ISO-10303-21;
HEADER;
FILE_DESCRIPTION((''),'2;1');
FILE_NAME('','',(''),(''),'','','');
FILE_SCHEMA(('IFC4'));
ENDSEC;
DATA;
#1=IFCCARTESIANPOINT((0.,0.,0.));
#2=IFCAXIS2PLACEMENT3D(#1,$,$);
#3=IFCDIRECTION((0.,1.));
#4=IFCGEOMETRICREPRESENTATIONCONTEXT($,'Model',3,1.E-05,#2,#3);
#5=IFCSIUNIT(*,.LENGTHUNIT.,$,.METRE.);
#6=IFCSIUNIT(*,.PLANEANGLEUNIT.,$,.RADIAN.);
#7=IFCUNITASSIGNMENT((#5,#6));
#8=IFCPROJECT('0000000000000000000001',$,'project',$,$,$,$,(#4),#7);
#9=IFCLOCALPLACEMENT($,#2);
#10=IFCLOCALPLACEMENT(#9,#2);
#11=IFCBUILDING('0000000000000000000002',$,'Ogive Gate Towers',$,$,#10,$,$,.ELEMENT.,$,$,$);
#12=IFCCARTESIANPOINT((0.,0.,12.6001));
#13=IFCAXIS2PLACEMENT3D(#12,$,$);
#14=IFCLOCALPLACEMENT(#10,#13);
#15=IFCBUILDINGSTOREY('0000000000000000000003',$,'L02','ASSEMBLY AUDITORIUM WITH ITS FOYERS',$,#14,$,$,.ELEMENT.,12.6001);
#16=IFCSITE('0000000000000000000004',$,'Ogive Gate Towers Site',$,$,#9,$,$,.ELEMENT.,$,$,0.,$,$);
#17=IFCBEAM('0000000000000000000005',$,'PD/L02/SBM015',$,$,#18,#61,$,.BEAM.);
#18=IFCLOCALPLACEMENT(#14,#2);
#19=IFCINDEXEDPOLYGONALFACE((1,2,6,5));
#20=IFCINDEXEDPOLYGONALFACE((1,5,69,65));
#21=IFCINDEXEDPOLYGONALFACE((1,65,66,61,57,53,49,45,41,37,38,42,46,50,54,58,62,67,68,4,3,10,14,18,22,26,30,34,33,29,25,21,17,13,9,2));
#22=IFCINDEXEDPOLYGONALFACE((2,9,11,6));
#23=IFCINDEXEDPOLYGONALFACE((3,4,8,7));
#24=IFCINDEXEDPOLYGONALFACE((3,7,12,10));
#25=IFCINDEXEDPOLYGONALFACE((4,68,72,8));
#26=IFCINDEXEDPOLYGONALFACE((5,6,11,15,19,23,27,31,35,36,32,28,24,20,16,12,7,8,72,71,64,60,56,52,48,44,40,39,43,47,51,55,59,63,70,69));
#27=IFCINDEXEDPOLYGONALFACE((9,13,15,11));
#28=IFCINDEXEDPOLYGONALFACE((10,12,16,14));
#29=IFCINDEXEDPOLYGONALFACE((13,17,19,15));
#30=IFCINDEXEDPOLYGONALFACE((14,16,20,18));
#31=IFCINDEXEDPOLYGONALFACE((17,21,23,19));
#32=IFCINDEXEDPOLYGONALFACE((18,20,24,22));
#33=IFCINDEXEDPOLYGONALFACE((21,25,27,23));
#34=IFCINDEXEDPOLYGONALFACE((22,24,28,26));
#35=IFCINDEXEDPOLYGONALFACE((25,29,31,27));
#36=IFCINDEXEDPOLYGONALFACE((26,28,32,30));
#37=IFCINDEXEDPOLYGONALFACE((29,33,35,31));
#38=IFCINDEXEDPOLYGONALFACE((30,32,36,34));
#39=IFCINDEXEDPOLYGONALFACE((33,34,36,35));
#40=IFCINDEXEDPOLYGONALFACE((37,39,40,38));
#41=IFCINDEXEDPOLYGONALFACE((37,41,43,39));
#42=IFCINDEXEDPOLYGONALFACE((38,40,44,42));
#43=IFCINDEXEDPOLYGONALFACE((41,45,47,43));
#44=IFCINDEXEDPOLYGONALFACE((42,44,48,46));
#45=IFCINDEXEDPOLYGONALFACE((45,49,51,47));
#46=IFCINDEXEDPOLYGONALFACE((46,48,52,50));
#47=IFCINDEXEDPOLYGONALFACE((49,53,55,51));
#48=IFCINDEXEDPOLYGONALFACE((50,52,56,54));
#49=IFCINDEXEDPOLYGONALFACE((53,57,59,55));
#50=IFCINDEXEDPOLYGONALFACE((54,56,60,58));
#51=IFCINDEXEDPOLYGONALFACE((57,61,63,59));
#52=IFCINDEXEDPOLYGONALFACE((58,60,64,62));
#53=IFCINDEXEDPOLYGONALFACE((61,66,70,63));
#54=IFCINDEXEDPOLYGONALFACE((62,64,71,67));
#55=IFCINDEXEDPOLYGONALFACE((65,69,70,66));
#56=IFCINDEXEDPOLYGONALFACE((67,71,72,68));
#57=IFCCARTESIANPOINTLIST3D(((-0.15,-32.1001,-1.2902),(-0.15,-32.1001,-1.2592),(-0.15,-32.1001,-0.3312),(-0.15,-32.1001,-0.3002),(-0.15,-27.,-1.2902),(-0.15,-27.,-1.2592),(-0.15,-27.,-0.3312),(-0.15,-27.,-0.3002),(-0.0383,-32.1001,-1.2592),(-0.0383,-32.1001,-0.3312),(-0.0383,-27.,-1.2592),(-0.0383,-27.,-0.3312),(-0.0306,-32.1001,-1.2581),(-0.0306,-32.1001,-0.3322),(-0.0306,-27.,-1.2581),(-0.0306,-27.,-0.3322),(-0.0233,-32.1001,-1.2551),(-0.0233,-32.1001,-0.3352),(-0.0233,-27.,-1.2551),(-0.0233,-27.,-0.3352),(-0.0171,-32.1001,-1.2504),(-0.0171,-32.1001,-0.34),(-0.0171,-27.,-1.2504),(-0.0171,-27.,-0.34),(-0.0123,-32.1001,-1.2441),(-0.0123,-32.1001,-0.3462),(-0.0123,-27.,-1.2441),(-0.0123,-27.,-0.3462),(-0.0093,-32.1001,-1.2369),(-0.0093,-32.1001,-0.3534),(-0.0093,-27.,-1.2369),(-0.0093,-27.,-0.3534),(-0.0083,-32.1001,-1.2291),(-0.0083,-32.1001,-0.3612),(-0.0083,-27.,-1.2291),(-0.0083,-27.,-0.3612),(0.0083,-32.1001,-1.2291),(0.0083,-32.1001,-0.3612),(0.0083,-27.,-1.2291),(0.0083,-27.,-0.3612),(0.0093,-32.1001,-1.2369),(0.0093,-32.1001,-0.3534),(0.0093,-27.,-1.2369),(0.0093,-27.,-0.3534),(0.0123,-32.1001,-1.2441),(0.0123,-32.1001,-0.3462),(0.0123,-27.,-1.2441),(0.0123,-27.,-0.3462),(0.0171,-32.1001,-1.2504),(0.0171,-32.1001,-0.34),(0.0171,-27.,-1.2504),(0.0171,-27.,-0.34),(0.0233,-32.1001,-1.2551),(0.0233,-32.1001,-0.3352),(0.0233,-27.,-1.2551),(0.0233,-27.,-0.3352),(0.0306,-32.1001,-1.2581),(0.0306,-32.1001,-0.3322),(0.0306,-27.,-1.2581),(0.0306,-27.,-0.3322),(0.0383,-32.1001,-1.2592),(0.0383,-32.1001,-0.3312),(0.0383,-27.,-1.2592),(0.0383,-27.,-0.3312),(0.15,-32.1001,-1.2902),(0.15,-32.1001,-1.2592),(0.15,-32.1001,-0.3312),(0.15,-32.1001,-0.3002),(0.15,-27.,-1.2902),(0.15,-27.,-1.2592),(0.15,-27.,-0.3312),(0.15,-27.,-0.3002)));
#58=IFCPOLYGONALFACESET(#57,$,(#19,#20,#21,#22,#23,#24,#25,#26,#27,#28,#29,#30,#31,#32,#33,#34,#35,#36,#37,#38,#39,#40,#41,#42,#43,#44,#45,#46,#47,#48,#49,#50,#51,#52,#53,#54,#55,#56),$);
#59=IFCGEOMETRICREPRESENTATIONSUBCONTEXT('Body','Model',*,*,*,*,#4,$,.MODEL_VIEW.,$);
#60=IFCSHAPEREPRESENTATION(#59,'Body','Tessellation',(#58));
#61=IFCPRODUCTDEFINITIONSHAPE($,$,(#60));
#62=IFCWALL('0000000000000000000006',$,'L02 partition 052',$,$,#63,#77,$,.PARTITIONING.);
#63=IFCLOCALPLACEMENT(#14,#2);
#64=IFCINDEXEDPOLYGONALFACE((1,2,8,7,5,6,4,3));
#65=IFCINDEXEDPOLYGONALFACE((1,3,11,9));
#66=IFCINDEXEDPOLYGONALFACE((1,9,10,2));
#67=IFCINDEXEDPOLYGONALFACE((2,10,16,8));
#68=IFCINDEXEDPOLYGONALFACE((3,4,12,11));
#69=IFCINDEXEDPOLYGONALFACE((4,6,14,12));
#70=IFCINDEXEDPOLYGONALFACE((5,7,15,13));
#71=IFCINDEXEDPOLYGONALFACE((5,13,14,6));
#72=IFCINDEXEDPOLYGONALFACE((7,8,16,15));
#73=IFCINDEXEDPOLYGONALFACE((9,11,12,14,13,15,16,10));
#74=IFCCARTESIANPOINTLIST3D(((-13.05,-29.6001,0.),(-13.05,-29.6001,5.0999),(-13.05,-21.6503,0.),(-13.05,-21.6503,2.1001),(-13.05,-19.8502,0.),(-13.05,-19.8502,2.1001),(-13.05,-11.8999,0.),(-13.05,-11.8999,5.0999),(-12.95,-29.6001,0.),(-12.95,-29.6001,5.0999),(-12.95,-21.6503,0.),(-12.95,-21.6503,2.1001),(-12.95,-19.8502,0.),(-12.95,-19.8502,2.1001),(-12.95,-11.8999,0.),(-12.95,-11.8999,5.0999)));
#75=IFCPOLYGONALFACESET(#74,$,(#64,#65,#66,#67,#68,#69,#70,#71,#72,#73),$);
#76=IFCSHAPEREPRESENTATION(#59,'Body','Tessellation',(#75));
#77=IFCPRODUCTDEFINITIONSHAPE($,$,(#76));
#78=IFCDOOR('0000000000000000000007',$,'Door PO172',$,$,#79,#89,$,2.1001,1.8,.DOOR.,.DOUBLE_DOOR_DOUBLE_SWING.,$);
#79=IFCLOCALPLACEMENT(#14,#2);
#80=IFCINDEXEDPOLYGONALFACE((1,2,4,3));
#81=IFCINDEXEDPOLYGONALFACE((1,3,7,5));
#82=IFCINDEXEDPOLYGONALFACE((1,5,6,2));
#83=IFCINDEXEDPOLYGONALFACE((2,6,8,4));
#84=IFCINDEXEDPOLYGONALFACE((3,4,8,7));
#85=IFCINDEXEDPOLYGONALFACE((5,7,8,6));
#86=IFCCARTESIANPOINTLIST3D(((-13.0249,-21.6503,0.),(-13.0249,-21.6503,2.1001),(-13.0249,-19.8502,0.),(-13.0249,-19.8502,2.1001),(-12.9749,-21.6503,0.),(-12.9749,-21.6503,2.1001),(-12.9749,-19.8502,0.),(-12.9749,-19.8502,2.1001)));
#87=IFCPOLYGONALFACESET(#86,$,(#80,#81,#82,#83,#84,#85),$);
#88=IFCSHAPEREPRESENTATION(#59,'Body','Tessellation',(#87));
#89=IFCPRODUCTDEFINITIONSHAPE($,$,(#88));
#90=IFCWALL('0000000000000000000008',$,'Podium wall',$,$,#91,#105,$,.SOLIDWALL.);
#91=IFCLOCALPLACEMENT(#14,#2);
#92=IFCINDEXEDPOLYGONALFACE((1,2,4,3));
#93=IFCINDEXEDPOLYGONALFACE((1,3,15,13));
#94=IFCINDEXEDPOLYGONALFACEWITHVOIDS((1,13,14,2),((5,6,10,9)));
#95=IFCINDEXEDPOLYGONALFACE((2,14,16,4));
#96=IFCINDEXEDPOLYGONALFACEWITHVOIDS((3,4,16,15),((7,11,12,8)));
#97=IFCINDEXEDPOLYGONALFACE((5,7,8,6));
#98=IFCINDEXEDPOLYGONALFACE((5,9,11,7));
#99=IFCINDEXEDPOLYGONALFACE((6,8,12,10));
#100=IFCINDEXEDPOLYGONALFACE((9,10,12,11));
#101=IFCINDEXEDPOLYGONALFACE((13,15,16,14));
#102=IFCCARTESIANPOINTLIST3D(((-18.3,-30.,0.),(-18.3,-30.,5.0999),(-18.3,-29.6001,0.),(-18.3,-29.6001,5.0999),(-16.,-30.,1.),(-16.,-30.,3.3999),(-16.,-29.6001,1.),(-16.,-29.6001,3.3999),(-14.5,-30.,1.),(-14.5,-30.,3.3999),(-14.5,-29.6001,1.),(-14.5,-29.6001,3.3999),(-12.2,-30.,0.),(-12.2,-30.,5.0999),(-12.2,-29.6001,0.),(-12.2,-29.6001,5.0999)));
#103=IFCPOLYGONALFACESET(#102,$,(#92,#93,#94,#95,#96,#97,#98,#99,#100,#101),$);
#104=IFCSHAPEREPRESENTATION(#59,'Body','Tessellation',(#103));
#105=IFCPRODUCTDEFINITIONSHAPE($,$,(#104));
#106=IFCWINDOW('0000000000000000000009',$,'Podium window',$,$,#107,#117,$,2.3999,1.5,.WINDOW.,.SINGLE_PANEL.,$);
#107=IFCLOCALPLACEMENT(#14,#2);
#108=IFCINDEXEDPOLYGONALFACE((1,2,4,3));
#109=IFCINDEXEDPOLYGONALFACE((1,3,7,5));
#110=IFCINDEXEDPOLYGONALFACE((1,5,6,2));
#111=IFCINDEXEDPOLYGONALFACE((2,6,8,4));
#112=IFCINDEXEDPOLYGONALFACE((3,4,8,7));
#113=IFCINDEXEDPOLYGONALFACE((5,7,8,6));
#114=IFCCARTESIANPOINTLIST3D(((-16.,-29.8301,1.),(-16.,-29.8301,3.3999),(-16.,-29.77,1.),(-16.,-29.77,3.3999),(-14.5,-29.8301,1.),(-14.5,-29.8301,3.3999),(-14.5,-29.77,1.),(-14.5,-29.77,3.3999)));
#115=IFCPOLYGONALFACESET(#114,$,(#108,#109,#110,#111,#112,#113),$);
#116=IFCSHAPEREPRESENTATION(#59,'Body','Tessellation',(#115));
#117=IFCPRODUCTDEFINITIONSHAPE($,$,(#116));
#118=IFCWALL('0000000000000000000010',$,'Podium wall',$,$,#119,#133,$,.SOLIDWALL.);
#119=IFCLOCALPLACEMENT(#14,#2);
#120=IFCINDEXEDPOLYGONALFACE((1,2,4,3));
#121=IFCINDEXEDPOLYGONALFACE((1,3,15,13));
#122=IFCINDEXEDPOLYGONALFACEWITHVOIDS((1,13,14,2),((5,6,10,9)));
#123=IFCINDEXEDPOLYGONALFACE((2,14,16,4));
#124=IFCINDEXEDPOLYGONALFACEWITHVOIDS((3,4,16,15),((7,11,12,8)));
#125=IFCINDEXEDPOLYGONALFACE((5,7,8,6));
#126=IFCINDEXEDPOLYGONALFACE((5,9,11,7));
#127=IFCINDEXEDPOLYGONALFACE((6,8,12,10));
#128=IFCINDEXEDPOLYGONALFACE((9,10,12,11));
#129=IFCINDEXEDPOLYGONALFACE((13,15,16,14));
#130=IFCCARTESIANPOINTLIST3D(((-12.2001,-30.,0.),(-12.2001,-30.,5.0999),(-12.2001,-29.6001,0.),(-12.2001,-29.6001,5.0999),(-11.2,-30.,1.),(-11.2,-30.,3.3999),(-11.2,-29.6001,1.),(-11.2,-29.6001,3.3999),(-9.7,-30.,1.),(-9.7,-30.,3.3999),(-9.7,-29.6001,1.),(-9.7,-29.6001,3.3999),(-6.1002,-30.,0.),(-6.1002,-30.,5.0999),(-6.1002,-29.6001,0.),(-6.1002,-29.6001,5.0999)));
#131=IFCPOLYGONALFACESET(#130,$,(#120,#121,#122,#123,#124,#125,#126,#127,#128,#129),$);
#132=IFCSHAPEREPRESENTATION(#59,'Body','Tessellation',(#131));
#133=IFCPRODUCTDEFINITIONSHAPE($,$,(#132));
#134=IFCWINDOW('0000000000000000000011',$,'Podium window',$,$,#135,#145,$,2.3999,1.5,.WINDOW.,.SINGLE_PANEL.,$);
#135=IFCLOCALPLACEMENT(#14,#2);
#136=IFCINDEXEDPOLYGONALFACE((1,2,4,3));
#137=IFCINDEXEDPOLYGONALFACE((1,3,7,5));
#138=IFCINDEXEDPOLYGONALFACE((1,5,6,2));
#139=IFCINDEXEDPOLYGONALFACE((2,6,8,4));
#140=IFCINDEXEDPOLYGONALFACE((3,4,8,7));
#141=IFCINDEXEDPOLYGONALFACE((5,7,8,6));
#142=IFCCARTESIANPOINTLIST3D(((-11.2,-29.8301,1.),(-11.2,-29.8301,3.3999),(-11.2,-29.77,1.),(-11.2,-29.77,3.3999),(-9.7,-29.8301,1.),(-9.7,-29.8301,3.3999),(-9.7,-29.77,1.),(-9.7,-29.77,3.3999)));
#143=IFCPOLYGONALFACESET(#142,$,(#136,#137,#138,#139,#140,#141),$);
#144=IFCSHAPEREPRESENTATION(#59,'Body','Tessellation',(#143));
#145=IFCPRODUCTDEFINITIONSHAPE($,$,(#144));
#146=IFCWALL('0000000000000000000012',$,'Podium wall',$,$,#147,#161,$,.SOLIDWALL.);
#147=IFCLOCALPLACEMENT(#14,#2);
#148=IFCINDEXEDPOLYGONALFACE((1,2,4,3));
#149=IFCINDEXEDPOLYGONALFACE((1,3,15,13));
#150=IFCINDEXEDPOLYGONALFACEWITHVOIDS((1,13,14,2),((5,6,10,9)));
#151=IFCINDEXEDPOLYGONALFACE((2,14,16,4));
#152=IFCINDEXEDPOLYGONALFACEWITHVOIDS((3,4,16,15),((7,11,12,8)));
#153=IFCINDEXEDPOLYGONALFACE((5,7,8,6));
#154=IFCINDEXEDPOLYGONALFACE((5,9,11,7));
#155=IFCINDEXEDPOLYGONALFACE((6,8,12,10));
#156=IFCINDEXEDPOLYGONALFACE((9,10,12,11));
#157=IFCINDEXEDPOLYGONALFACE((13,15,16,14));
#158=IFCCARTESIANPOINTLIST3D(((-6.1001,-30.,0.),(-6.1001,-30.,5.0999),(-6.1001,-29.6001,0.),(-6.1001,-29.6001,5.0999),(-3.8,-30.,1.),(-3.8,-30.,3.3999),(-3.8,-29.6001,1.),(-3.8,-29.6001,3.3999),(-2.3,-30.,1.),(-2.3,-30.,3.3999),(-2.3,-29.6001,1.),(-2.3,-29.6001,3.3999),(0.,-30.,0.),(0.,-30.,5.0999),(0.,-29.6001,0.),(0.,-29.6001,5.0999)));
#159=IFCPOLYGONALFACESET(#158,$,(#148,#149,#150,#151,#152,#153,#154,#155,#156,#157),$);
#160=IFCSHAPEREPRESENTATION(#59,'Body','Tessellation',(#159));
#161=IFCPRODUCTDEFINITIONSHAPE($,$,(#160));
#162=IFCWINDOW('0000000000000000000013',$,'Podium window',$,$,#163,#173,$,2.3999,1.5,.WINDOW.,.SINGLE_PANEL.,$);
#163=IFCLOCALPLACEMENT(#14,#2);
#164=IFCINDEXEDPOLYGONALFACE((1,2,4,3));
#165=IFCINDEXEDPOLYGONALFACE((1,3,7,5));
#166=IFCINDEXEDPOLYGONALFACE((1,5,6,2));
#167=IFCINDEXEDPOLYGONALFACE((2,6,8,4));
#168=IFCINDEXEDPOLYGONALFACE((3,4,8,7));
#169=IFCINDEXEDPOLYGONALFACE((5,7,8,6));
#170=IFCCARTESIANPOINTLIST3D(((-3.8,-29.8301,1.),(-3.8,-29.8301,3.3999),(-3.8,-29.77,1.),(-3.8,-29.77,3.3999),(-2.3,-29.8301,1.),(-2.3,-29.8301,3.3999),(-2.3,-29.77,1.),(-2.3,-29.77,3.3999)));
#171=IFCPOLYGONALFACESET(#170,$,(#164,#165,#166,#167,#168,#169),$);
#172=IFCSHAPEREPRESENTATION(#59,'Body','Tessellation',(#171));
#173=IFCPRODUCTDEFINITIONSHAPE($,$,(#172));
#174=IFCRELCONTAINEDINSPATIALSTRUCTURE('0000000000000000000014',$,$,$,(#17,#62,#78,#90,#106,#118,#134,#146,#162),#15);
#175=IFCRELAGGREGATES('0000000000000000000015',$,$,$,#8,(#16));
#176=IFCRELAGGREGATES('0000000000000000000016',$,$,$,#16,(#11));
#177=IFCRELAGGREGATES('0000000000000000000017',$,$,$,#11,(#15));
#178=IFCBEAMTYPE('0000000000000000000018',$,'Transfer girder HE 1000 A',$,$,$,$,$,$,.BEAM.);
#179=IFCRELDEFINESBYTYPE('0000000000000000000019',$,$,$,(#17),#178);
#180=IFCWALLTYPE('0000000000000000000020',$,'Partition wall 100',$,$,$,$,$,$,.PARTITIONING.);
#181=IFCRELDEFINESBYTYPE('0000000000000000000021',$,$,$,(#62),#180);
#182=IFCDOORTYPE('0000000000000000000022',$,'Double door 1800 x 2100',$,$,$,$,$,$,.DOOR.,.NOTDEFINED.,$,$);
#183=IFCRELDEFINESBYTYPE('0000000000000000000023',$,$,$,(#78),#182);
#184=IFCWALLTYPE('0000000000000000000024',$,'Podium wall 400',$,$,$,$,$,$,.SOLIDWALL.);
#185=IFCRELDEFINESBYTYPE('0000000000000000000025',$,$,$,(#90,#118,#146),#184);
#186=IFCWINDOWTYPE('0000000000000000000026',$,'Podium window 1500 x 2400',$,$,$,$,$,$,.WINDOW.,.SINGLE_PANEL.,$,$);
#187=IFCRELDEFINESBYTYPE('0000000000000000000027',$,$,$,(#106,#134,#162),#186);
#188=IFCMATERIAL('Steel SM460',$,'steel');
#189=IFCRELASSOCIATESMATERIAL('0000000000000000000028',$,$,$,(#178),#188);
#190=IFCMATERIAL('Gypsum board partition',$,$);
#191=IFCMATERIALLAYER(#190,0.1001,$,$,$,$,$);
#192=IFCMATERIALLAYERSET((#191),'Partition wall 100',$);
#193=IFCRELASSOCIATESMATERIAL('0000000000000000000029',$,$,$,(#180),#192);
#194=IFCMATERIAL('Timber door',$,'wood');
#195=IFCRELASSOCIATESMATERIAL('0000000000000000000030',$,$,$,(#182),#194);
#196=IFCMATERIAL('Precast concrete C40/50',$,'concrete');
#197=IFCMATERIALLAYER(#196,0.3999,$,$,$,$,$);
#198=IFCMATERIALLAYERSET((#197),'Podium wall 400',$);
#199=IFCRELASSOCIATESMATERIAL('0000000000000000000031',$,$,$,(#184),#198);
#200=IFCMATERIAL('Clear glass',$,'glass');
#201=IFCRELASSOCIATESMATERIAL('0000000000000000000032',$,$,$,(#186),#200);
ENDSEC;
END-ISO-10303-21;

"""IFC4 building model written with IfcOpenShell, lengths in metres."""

from ifc_helpers import new_model, si_unit, direction, frame, frame_2d, origin, origin_2d, place, context, subcontext, project, spatial, rectangle, i_section, extrude, material, layer, layer_set, material_profile, profile_set, type_object, element, fill, save


model = new_model("IFC4")

# Units and contexts
model_context = context("Model", 3, precision=1e-05, world=origin(), true_north=direction((0.0, 1.0)))
body_context = subcontext(model_context, "Body", "Model", "MODEL_VIEW")
ifc_project = project(units=[si_unit("LENGTHUNIT", "METRE"), si_unit("PLANEANGLEUNIT", "RADIAN")], contexts=[model_context])

# Site, building, storey
site_placement = place(None, origin())
site = spatial("IfcSite", under=ifc_project, at=site_placement, Name="Ogive Gate Towers Site", CompositionType="ELEMENT", RefElevation=0.0)
building_placement = place(site_placement, origin())
building = spatial("IfcBuilding", under=site, at=building_placement, Name="Ogive Gate Towers", CompositionType="ELEMENT")
storey_placement = place(building_placement, frame((0.0, 0.0, 12.6001)))
storey = spatial("IfcBuildingStorey", under=building, at=storey_placement, Name="L02", Description="ASSEMBLY AUDITORIUM WITH ITS FOYERS", CompositionType="ELEMENT", Elevation=12.6001)

# Beam
ifc_material_1 = material(Name="Steel SM460", Category="steel")
ifc_material_profile_1 = material_profile(ifc_material_1, i_section(OverallWidth=0.3, OverallDepth=0.99, WebThickness=0.0166, FlangeThickness=0.031, FilletRadius=0.03, at=origin_2d()), Name="HE 1000 A")
ifc_profile_set_1 = profile_set([ifc_material_profile_1], Name="Steel SM460")
beam_type_1 = type_object("IfcBeamType", Name="Transfer girder HE 1000 A", PredefinedType="BEAM", material=ifc_profile_set_1)
for number, where, z_axis, x_axis, name in (
    (1, (0.0, -32.1001, -0.7952), (0.0, 1.0, 0.0), (-1.0, 0.0, 0.0), "PD/L02/SBM015"),
):
    element("IfcBeam", number, at=place(storey_placement, frame(where, z_axis=z_axis, x_axis=x_axis)), inside=storey, type_object=beam_type_1, Name=name, PredefinedType="BEAM", context=body_context, shape_type="SweptSolid", body=[
        extrude(i_section(OverallWidth=0.3, OverallDepth=0.99, WebThickness=0.0166, FlangeThickness=0.031, FilletRadius=0.03, at=origin_2d()), origin(), (0.0, 0.0, 1.0), 5.1001),
    ])

# Wall, opening, door
ifc_material_2 = material(Name="Gypsum board partition")
ifc_layer_1 = layer(ifc_material_2, 0.1001)
ifc_layer_set_1 = layer_set([ifc_layer_1], Name="Partition wall 100")
wall_type_1 = type_object("IfcWallType", Name="Partition wall 100", PredefinedType="PARTITIONING", material=ifc_layer_set_1)
wall_1_placement = place(storey_placement, frame((-13.0, -29.6001, 0.0), z_axis=(0.0, 0.0, 1.0), x_axis=(0.0, 1.0, 0.0)))
wall_1 = element("IfcWall", 2, at=wall_1_placement, inside=storey, type_object=wall_type_1, Name="L02 partition 052", PredefinedType="PARTITIONING", context=body_context, shape_type="SweptSolid", body=[
    extrude(rectangle(XDim=17.7002, YDim=0.1001, at=frame_2d((8.8501, 0.0))), origin(), (0.0, 0.0, 1.0), 5.0999),
])
opening_1_placement = place(wall_1_placement, frame((7.95, 0.0, 0.0)))
opening_1 = element("IfcOpeningElement", 3, at=opening_1_placement, cuts=wall_1, PredefinedType="OPENING", context=body_context, shape_type="SweptSolid", body=[
    extrude(rectangle(XDim=1.8, YDim=2.1001, at=frame_2d((0.8999, 1.05))), frame((0.0, 0.0601, 0.0), z_axis=(0.0, -1.0, 0.0), x_axis=(1.0, 0.0, 0.0)), (0.0, 0.0, 1.0), 0.1201),
])
ifc_material_3 = material(Name="Timber door", Category="wood")
door_type = type_object("IfcDoorType", Name="Double door 1800 x 2100", OperationType="NOTDEFINED", PredefinedType="DOOR", material=ifc_material_3)
door_placement = place(opening_1_placement, origin())
door = element("IfcDoor", 4, at=door_placement, inside=storey, type_object=door_type, Name="Door PO172", OperationType="DOUBLE_DOOR_DOUBLE_SWING", OverallHeight=2.1001, OverallWidth=1.8, PredefinedType="DOOR", context=body_context, shape_type="SweptSolid", body=[
    extrude(rectangle(XDim=1.8, YDim=2.1001, at=frame_2d((0.8999, 1.05))), frame((0.0, 0.0249, 0.0), z_axis=(0.0, -1.0, 0.0), x_axis=(1.0, 0.0, 0.0)), (0.0, 0.0, 1.0), 0.05),
])
fill(opening_1, door)

# Walls, openings, windows
ifc_material_4 = material(Name="Precast concrete C40/50", Category="concrete")
ifc_layer_2 = layer(ifc_material_4, 0.3999)
ifc_layer_set_2 = layer_set([ifc_layer_2], Name="Podium wall 400")
wall_type_2 = type_object("IfcWallType", Name="Podium wall 400", PredefinedType="SOLIDWALL", material=ifc_layer_set_2)
wall_2_placement = place(storey_placement, frame((-18.3, -29.8, 0.0), z_axis=(0.0, 0.0, 1.0), x_axis=(1.0, 0.0, 0.0)))
wall_2 = element("IfcWall", 5, at=wall_2_placement, inside=storey, type_object=wall_type_2, Name="Podium wall", PredefinedType="SOLIDWALL", context=body_context, shape_type="SweptSolid", body=[
    extrude(rectangle(XDim=6.1001, YDim=0.3999, at=frame_2d((3.05, 0.0))), origin(), (0.0, 0.0, 1.0), 5.0999),
])
opening_2_placement = place(wall_2_placement, frame((2.3, 0.0, 1.0)))
opening_2 = element("IfcOpeningElement", 6, at=opening_2_placement, cuts=wall_2, PredefinedType="OPENING", context=body_context, shape_type="SweptSolid", body=[
    extrude(rectangle(XDim=1.5, YDim=2.3999, at=frame_2d((0.75, 1.2))), frame((0.0, 0.21, 0.0), z_axis=(0.0, -1.0, 0.0), x_axis=(1.0, 0.0, 0.0)), (0.0, 0.0, 1.0), 0.4199),
])
ifc_material_5 = material(Name="Clear glass", Category="glass")
window_type = type_object("IfcWindowType", Name="Podium window 1500 x 2400", PartitioningType="SINGLE_PANEL", PredefinedType="WINDOW", material=ifc_material_5)
window_1_placement = place(opening_2_placement, origin())
window_1 = element("IfcWindow", 7, at=window_1_placement, inside=storey, type_object=window_type, Name="Podium window", OverallHeight=2.3999, OverallWidth=1.5, PartitioningType="SINGLE_PANEL", PredefinedType="WINDOW", context=body_context, shape_type="SweptSolid", body=[
    extrude(rectangle(XDim=1.5, YDim=2.3999, at=frame_2d((0.75, 1.2))), frame((0.0, 0.03, 0.0), z_axis=(0.0, -1.0, 0.0), x_axis=(1.0, 0.0, 0.0)), (0.0, 0.0, 1.0), 0.0601),
])
fill(opening_2, window_1)
wall_3_placement = place(storey_placement, frame((-12.2, -29.8, 0.0), z_axis=(0.0, 0.0, 1.0), x_axis=(1.0, 0.0, 0.0)))
wall_3 = element("IfcWall", 8, at=wall_3_placement, inside=storey, type_object=wall_type_2, Name="Podium wall", PredefinedType="SOLIDWALL", context=body_context, shape_type="SweptSolid", body=[
    extrude(rectangle(XDim=6.0999, YDim=0.3999, at=frame_2d((3.0498, 0.0))), origin(), (0.0, 0.0, 1.0), 5.0999),
])
opening_3_placement = place(wall_3_placement, frame((1.0, 0.0, 1.0)))
opening_3 = element("IfcOpeningElement", 9, at=opening_3_placement, cuts=wall_3, PredefinedType="OPENING", context=body_context, shape_type="SweptSolid", body=[
    extrude(rectangle(XDim=1.5, YDim=2.3999, at=frame_2d((0.75, 1.2))), frame((0.0, 0.21, 0.0), z_axis=(0.0, -1.0, 0.0), x_axis=(1.0, 0.0, 0.0)), (0.0, 0.0, 1.0), 0.4199),
])
window_2_placement = place(opening_3_placement, origin())
window_2 = element("IfcWindow", 10, at=window_2_placement, inside=storey, type_object=window_type, Name="Podium window", OverallHeight=2.3999, OverallWidth=1.5, PartitioningType="SINGLE_PANEL", PredefinedType="WINDOW", context=body_context, shape_type="SweptSolid", body=[
    extrude(rectangle(XDim=1.5, YDim=2.3999, at=frame_2d((0.75, 1.2))), frame((0.0, 0.03, 0.0), z_axis=(0.0, -1.0, 0.0), x_axis=(1.0, 0.0, 0.0)), (0.0, 0.0, 1.0), 0.0601),
])
fill(opening_3, window_2)
wall_4_placement = place(storey_placement, frame((-6.1001, -29.8, 0.0), z_axis=(0.0, 0.0, 1.0), x_axis=(1.0, 0.0, 0.0)))
wall_4 = element("IfcWall", 11, at=wall_4_placement, inside=storey, type_object=wall_type_2, Name="Podium wall", PredefinedType="SOLIDWALL", context=body_context, shape_type="SweptSolid", body=[
    extrude(rectangle(XDim=6.1001, YDim=0.3999, at=frame_2d((3.05, 0.0))), origin(), (0.0, 0.0, 1.0), 5.0999),
])
opening_4_placement = place(wall_4_placement, frame((2.3, 0.0, 1.0)))
opening_4 = element("IfcOpeningElement", 12, at=opening_4_placement, cuts=wall_4, PredefinedType="OPENING", context=body_context, shape_type="SweptSolid", body=[
    extrude(rectangle(XDim=1.5, YDim=2.3999, at=frame_2d((0.75, 1.2))), frame((0.0, 0.21, 0.0), z_axis=(0.0, -1.0, 0.0), x_axis=(1.0, 0.0, 0.0)), (0.0, 0.0, 1.0), 0.4199),
])
window_3_placement = place(opening_4_placement, origin())
window_3 = element("IfcWindow", 13, at=window_3_placement, inside=storey, type_object=window_type, Name="Podium window", OverallHeight=2.3999, OverallWidth=1.5, PartitioningType="SINGLE_PANEL", PredefinedType="WINDOW", context=body_context, shape_type="SweptSolid", body=[
    extrude(rectangle(XDim=1.5, YDim=2.3999, at=frame_2d((0.75, 1.2))), frame((0.0, 0.03, 0.0), z_axis=(0.0, -1.0, 0.0), x_axis=(1.0, 0.0, 0.0)), (0.0, 0.0, 1.0), 0.0601),
])
fill(opening_4, window_3)

save(model, "model.ifc")
